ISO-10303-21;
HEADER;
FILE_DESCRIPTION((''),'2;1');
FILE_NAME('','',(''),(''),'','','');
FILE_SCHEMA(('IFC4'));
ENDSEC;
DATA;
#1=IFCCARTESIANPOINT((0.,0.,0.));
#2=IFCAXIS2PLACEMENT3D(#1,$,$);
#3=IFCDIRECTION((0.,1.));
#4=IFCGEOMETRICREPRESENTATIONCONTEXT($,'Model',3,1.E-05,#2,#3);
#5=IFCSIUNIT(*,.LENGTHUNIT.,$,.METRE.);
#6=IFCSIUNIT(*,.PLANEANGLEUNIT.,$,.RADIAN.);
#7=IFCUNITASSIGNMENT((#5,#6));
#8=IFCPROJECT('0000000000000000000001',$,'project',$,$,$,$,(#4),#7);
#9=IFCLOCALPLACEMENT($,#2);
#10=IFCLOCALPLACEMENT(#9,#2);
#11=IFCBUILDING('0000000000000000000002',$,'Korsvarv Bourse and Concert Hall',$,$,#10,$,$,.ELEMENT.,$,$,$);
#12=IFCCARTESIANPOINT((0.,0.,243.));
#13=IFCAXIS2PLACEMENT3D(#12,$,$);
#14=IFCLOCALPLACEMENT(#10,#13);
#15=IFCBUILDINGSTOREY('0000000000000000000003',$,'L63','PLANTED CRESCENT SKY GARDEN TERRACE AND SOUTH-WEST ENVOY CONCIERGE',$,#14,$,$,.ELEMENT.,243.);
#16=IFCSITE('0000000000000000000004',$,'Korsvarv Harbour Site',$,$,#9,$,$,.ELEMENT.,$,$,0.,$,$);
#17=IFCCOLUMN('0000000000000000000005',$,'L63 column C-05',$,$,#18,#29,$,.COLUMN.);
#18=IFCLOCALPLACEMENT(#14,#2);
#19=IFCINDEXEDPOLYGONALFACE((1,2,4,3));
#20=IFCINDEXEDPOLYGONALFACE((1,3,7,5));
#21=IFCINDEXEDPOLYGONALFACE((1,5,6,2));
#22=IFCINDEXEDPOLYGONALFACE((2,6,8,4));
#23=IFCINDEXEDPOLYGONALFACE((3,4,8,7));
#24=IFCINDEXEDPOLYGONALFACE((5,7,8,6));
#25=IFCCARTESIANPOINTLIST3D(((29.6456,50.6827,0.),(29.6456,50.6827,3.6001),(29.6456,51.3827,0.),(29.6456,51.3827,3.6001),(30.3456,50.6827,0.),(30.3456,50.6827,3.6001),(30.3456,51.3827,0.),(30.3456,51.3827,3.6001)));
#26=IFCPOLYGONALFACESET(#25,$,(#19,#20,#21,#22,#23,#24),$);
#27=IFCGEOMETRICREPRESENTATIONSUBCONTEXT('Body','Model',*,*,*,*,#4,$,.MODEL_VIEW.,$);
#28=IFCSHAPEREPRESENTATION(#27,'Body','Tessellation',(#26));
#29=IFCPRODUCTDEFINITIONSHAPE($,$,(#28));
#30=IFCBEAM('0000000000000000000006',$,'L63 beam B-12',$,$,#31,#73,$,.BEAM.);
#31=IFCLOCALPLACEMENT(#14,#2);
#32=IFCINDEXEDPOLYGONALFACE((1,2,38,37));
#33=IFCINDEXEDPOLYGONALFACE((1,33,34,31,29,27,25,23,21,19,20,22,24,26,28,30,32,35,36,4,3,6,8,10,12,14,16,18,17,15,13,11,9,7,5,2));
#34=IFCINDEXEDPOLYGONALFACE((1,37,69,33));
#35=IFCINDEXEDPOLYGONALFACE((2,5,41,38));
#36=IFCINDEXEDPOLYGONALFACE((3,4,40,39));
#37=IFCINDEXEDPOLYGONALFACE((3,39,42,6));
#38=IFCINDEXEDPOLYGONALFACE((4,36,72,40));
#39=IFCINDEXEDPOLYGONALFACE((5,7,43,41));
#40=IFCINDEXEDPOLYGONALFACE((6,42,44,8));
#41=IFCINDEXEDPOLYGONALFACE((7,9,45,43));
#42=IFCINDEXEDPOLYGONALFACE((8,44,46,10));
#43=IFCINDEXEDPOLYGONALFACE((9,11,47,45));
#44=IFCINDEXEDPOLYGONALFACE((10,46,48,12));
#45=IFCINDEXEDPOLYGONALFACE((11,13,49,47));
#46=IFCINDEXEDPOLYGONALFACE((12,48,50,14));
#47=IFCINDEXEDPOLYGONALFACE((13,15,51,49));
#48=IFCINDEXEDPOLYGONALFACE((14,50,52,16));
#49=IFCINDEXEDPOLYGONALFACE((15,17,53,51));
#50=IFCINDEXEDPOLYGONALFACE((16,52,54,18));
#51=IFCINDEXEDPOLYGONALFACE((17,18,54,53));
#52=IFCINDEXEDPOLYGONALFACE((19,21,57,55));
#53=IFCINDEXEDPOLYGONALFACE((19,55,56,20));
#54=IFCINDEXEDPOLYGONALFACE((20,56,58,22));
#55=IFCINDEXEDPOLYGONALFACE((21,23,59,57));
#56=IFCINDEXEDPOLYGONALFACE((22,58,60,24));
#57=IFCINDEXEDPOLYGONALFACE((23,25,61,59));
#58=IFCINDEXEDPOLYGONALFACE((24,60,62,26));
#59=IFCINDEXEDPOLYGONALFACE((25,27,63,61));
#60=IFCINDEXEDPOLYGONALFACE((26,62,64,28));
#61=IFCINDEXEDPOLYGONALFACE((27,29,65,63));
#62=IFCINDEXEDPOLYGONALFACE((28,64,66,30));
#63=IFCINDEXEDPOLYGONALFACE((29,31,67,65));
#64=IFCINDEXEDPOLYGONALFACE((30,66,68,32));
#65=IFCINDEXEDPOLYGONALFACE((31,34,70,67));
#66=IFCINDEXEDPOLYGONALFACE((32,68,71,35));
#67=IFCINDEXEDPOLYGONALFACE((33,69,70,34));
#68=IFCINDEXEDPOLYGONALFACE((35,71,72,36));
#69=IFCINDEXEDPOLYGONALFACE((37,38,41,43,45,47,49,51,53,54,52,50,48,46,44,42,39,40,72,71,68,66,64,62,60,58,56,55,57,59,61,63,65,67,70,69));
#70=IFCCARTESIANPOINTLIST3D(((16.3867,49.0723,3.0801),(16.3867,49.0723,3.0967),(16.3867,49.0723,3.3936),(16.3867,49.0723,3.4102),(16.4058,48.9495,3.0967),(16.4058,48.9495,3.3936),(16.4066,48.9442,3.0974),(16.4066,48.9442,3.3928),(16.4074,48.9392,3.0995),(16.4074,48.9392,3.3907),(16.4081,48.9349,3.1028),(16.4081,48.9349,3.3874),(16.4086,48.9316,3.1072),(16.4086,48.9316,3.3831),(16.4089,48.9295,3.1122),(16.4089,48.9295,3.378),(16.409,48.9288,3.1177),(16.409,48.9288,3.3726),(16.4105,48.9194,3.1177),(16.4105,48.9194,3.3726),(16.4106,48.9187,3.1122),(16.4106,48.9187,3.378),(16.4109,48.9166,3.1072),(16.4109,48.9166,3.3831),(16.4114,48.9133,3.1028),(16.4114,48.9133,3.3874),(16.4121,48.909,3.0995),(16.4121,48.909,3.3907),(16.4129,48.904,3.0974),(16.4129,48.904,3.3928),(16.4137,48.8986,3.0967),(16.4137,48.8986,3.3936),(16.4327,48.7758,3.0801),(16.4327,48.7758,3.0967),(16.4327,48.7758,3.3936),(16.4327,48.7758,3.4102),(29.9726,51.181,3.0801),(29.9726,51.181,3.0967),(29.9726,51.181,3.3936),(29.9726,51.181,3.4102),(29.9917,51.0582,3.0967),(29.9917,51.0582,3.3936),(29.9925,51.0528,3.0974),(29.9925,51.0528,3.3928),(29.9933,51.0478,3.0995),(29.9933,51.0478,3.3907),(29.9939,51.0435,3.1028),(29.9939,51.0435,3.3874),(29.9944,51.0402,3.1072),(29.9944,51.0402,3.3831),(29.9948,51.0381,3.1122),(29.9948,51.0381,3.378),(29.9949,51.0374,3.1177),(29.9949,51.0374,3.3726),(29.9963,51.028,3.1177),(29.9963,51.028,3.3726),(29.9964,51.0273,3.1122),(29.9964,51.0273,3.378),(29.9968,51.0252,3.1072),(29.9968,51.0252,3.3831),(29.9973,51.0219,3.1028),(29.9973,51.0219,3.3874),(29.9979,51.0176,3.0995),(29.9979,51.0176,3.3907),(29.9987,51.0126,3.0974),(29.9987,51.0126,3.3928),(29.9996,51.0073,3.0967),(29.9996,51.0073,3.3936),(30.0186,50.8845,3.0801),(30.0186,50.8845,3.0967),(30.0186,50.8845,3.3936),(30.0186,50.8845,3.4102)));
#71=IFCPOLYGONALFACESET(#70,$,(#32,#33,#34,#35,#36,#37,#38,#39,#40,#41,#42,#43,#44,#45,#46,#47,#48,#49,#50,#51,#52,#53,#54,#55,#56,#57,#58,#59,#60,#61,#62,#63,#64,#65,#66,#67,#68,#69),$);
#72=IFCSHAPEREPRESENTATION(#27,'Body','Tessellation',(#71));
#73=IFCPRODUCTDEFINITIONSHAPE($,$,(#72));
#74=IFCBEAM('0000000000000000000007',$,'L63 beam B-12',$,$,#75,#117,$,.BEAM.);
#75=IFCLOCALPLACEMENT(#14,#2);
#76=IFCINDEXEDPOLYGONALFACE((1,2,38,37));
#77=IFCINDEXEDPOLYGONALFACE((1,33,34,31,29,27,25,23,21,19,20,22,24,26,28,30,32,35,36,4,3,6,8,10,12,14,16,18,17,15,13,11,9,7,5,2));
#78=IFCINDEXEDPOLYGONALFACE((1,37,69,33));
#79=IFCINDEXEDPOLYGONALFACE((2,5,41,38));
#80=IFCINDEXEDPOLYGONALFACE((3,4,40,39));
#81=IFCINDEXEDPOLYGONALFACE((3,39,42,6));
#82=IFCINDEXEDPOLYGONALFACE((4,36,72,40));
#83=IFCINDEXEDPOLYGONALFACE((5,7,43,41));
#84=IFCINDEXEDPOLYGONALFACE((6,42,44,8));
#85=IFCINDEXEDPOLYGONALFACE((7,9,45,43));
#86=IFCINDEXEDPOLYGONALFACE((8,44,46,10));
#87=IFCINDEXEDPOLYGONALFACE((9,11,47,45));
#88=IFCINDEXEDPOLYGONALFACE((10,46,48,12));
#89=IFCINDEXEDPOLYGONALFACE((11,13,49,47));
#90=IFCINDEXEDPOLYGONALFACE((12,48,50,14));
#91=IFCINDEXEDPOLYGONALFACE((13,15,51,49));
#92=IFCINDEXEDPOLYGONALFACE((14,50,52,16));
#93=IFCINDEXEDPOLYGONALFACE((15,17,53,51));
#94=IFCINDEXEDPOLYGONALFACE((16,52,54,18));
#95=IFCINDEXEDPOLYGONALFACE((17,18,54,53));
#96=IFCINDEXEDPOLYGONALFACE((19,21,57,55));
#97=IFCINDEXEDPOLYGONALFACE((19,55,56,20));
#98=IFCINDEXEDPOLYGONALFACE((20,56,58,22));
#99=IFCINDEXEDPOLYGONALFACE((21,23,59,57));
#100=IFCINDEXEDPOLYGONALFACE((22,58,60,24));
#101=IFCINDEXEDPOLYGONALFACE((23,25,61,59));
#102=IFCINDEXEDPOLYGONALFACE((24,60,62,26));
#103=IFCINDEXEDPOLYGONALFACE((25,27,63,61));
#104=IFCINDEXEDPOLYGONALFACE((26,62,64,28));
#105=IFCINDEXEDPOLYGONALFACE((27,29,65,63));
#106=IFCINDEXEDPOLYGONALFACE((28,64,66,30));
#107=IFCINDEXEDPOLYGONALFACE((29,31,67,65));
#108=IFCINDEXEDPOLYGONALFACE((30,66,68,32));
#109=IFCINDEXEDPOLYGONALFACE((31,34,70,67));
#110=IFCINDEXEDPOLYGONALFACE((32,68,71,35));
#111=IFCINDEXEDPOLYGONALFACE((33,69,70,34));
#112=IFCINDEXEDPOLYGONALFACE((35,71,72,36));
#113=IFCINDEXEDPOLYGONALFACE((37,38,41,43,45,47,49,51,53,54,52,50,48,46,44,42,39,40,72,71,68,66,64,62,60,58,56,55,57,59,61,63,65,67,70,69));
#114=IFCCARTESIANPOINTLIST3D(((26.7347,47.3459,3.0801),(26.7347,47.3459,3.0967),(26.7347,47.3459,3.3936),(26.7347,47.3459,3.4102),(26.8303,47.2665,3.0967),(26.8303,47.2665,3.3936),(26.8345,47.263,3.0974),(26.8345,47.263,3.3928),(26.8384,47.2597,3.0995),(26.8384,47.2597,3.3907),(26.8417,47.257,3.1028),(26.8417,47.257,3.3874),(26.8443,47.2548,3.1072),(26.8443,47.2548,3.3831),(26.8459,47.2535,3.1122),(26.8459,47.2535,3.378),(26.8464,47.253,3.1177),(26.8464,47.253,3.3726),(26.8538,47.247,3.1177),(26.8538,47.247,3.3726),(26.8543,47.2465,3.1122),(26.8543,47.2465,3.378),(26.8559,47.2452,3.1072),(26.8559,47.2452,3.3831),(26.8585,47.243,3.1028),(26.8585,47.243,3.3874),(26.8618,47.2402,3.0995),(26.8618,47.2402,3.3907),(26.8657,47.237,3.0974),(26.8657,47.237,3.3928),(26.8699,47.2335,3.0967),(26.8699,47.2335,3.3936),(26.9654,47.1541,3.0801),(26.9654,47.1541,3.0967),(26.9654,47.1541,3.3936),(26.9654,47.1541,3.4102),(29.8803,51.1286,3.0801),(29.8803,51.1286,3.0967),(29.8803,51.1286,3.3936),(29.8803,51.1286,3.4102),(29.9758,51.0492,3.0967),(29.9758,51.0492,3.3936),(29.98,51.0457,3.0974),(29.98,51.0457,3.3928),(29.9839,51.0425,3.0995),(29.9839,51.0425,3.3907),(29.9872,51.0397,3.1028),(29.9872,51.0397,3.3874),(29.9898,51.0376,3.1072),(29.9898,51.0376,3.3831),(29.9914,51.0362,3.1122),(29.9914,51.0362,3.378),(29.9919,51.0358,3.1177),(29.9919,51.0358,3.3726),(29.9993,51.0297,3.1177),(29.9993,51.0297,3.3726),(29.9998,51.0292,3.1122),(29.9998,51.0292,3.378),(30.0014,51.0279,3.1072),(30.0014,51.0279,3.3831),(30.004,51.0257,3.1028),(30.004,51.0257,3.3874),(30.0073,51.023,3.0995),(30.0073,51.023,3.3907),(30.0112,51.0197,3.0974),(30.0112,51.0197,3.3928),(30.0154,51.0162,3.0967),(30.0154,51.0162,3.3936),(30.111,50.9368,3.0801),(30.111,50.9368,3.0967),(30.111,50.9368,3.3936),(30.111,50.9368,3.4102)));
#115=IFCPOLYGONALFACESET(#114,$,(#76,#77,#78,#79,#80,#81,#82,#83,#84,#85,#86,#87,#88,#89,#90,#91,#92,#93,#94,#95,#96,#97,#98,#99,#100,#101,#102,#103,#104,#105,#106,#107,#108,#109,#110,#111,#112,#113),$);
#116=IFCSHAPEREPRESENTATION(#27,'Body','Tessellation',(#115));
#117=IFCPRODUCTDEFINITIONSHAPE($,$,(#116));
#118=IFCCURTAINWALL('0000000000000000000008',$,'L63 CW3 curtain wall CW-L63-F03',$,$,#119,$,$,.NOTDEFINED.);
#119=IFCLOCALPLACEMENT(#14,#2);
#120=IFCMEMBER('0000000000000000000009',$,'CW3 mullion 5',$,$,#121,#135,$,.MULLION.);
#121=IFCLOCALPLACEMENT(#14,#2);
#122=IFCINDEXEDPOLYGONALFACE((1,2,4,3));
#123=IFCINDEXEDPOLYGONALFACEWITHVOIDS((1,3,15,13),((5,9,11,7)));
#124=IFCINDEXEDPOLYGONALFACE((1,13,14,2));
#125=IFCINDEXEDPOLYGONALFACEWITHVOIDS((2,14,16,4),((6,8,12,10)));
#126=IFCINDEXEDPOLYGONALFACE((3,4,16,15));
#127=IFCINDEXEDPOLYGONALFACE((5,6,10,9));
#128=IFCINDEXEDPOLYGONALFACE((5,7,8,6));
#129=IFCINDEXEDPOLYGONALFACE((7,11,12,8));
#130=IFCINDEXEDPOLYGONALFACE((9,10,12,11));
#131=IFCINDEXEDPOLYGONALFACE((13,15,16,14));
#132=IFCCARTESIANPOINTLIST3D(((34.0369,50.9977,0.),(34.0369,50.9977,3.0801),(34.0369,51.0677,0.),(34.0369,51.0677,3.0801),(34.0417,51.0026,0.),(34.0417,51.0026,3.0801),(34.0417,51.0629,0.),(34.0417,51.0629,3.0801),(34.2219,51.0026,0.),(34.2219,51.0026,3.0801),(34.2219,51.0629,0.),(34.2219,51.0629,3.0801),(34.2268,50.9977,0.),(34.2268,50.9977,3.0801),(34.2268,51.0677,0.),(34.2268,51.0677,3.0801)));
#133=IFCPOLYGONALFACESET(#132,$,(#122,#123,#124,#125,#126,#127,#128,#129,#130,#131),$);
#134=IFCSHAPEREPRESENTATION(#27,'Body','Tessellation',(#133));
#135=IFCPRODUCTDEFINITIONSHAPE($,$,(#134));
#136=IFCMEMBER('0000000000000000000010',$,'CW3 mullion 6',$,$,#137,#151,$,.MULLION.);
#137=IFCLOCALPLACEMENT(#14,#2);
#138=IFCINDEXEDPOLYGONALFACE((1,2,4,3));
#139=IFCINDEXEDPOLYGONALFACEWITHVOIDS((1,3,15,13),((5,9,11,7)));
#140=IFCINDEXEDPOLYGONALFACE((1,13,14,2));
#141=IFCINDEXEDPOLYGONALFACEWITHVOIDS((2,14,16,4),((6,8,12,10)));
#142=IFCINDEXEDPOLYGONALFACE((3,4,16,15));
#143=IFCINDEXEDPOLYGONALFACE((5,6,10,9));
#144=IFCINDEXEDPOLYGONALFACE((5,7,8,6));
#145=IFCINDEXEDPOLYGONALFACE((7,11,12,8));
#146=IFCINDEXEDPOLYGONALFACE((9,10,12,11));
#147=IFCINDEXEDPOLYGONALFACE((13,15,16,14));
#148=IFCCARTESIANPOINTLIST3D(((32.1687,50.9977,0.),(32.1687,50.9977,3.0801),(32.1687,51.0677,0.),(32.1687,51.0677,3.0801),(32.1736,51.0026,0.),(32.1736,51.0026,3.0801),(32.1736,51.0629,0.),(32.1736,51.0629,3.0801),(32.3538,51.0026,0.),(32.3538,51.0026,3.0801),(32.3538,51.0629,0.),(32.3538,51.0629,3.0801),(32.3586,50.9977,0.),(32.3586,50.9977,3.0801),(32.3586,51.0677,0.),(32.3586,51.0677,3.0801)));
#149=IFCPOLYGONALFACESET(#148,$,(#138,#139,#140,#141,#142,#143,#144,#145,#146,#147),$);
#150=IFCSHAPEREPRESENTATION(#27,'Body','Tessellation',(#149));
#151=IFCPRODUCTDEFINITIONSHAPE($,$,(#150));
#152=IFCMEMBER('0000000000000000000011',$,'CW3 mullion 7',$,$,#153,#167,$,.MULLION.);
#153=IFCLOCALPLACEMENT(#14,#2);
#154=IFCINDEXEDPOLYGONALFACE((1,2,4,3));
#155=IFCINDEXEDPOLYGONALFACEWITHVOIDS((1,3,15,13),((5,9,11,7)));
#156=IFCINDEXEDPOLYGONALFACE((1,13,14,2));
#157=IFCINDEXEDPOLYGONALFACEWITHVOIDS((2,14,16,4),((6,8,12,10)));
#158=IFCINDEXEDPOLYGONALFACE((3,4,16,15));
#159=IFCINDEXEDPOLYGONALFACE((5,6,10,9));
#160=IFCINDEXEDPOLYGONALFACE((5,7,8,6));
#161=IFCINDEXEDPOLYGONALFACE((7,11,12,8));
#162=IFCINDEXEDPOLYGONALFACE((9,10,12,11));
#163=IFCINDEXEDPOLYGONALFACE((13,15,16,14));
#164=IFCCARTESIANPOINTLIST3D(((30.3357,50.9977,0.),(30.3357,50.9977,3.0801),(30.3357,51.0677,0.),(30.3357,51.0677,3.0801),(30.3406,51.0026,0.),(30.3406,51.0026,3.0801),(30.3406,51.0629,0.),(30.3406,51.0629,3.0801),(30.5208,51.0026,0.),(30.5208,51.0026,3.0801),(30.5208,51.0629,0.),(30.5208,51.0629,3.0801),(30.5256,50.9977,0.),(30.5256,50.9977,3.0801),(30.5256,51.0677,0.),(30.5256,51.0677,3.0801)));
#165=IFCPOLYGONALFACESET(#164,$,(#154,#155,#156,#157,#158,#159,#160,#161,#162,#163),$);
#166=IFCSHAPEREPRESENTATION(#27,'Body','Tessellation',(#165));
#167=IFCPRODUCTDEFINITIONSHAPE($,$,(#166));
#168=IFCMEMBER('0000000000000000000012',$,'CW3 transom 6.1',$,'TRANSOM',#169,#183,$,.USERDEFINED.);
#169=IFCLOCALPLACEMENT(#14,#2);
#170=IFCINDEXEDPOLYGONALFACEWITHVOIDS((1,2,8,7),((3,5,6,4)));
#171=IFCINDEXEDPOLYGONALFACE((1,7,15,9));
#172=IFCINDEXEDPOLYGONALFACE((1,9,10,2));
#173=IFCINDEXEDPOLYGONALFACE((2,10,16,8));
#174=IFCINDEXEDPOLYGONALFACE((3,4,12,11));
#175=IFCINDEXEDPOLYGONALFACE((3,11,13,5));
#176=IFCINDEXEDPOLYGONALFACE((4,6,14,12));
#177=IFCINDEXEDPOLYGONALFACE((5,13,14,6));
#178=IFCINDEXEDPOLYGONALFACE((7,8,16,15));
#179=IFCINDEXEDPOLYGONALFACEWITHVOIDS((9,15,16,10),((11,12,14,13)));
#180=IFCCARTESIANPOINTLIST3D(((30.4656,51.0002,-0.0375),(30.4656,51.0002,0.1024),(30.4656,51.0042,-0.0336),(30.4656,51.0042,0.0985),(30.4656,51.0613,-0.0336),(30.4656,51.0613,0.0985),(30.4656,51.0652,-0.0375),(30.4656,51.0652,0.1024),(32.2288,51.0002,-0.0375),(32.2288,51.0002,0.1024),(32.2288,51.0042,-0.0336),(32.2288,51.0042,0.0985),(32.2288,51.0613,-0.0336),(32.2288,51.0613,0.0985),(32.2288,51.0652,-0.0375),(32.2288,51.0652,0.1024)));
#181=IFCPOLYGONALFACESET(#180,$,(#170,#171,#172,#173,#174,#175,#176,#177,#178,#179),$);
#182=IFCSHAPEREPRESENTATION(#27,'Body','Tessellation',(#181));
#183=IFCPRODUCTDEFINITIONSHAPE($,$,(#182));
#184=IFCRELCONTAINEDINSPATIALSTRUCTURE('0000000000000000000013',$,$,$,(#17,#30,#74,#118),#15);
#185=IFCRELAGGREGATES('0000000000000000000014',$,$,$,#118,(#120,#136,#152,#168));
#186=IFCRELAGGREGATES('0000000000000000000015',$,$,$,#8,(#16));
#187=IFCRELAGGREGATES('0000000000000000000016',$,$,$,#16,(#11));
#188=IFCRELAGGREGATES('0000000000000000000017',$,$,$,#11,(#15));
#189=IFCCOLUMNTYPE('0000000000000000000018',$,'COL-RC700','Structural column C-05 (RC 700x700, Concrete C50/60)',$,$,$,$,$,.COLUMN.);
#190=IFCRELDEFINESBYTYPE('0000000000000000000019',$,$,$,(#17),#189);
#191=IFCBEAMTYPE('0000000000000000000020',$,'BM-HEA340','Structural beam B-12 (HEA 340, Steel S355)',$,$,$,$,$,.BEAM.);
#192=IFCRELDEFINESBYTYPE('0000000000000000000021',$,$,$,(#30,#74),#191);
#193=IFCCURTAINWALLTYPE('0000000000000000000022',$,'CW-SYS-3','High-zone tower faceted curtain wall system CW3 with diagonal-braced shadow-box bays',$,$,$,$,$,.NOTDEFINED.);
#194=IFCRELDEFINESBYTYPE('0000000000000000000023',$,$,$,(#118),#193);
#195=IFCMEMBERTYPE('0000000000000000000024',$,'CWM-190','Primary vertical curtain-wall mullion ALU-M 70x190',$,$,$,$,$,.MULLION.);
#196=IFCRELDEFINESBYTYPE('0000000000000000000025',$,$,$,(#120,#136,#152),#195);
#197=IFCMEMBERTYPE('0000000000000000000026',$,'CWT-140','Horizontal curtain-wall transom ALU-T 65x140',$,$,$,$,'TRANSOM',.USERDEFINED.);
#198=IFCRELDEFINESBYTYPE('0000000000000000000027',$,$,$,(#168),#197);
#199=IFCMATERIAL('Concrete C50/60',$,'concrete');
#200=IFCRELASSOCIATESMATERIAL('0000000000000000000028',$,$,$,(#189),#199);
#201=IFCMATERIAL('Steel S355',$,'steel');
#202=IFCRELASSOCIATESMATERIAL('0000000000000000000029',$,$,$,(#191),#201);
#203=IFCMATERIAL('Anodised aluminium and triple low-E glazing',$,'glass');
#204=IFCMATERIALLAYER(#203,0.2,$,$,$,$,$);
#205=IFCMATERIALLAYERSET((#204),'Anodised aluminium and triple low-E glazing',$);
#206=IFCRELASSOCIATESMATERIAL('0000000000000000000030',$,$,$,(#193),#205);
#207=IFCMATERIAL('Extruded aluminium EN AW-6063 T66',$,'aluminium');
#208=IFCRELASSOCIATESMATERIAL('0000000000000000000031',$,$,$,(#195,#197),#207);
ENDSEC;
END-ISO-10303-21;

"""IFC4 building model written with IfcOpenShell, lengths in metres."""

from ifc_helpers import new_model, si_unit, direction, frame, origin, origin_2d, place, context, subcontext, project, spatial, rectangle, hollow_rectangle, i_section, extrude, source, transform, mapped, material, layer, layer_set, material_profile, profile_set, type_object, element, aggregate, save


model = new_model("IFC4")

# Units and contexts
model_context = context("Model", 3, precision=1e-05, world=origin(), true_north=direction((0.0, 1.0)))
body_context = subcontext(model_context, "Body", "Model", "MODEL_VIEW")
ifc_project = project(units=[si_unit("LENGTHUNIT", "METRE"), si_unit("PLANEANGLEUNIT", "RADIAN")], contexts=[model_context])

# Site, building, storey
site_placement = place(None, origin())
site = spatial("IfcSite", under=ifc_project, at=site_placement, Name="Korsvarv Harbour Site", CompositionType="ELEMENT", RefElevation=0.0)
building_placement = place(site_placement, origin())
building = spatial("IfcBuilding", under=site, at=building_placement, Name="Korsvarv Bourse and Concert Hall", CompositionType="ELEMENT")
storey_placement = place(building_placement, frame((0.0, 0.0, 243.0)))
storey = spatial("IfcBuildingStorey", under=building, at=storey_placement, Name="L63", Description="PLANTED CRESCENT SKY GARDEN TERRACE AND SOUTH-WEST ENVOY CONCIERGE", CompositionType="ELEMENT", Elevation=243.0)

# Column
ifc_material_1 = material(Name="Concrete C50/60", Category="concrete")
ifc_material_profile_1 = material_profile(ifc_material_1, rectangle(XDim=0.7, YDim=0.7, at=origin_2d()), Name="RC 700x700")
ifc_profile_set_1 = profile_set([ifc_material_profile_1], Name="Concrete C50/60")
column_type = type_object("IfcColumnType", Name="COL-RC700", Description="Structural column C-05 (RC 700x700, Concrete C50/60)", PredefinedType="COLUMN", material=ifc_profile_set_1)
shared_shape_1 = source(origin(), body_context, "Body", "SweptSolid", [
    extrude(rectangle(XDim=0.7, YDim=0.7, at=origin_2d()), origin(), (0.0, 0.0, 1.0), 3.6001),
])
column_placement = place(storey_placement, frame((29.9956, 51.0327, 0.0), z_axis=(0.0, 0.0, 1.0), x_axis=(1.0, 0.0, 0.0)))
element("IfcColumn", 1, at=column_placement, inside=storey, type_object=column_type, Name="L63 column C-05", PredefinedType="COLUMN", context=body_context, shape_type="MappedRepresentation", body=[
    mapped(shared_shape_1, transform((0.0, 0.0, 0.0), scale=1.0)),
])

# Beams
ifc_material_2 = material(Name="Steel S355", Category="steel")
ifc_material_profile_2 = material_profile(ifc_material_2, i_section(OverallWidth=0.3, OverallDepth=0.3301, WebThickness=0.0095, FlangeThickness=0.0166, FilletRadius=0.021, at=origin_2d()), Name="HEA 340")
ifc_profile_set_2 = profile_set([ifc_material_profile_2], Name="Steel S355")
beam_type = type_object("IfcBeamType", Name="BM-HEA340", Description="Structural beam B-12 (HEA 340, Steel S355)", PredefinedType="BEAM", material=ifc_profile_set_2)
shared_shape_2 = source(origin(), body_context, "Body", "SweptSolid", [
    extrude(i_section(OverallWidth=0.3, OverallDepth=0.3301, WebThickness=0.0095, FlangeThickness=0.0166, FilletRadius=0.021, at=origin_2d()), origin(), (0.0, 0.0, 1.0), 13.7485),
])
beam_1_placement = place(storey_placement, frame((29.9956, 51.0327, 3.2451), z_axis=(-0.988169, -0.153371, 0.0), x_axis=(0.153371, -0.988169, 0.0)))
element("IfcBeam", 2, at=beam_1_placement, inside=storey, type_object=beam_type, Name="L63 beam B-12", PredefinedType="BEAM", context=body_context, shape_type="MappedRepresentation", body=[
    mapped(shared_shape_2, transform((0.0, 0.0, 0.0), scale=1.0)),
])
shared_shape_3 = source(origin(), body_context, "Body", "SweptSolid", [
    extrude(i_section(OverallWidth=0.3, OverallDepth=0.3301, WebThickness=0.0095, FlangeThickness=0.0166, FilletRadius=0.021, at=origin_2d()), origin(), (0.0, 0.0, 1.0), 4.9197),
])
beam_2_placement = place(storey_placement, frame((29.9956, 51.0327, 3.2451), z_axis=(-0.639374, -0.768896, 0.0), x_axis=(0.768896, -0.639374, 0.0)))
element("IfcBeam", 3, at=beam_2_placement, inside=storey, type_object=beam_type, Name="L63 beam B-12", PredefinedType="BEAM", context=body_context, shape_type="MappedRepresentation", body=[
    mapped(shared_shape_3, transform((0.0, 0.0, 0.0), scale=1.0)),
])

# Curtain wall, members
ifc_material_3 = material(Name="Anodised aluminium and triple low-E glazing", Category="glass")
ifc_layer_1 = layer(ifc_material_3, 0.2)
ifc_layer_set_1 = layer_set([ifc_layer_1], Name="Anodised aluminium and triple low-E glazing")
curtain_wall_type = type_object("IfcCurtainWallType", Name="CW-SYS-3", Description="High-zone tower faceted curtain wall system CW3 with diagonal-braced shadow-box bays", PredefinedType="NOTDEFINED", material=ifc_layer_set_1)
curtain_wall_placement = place(storey_placement, origin())
curtain_wall = element("IfcCurtainWall", 4, at=curtain_wall_placement, inside=storey, type_object=curtain_wall_type, Name="L63 CW3 curtain wall CW-L63-F03", PredefinedType="NOTDEFINED")
ifc_material_4 = material(Name="Extruded aluminium EN AW-6063 T66", Category="aluminium")
ifc_material_profile_3 = material_profile(ifc_material_4, hollow_rectangle(XDim=0.0701, YDim=0.1899, WallThickness=0.0049, at=origin_2d()), Name="ALU-M 70x190")
ifc_profile_set_3 = profile_set([ifc_material_profile_3], Name="Extruded aluminium EN AW-6063 T66")
member_type_1 = type_object("IfcMemberType", Name="CWM-190", Description="Primary vertical curtain-wall mullion ALU-M 70x190", PredefinedType="MULLION", material=ifc_profile_set_3)
shared_shape_4 = source(origin(), body_context, "Body", "SweptSolid", [
    extrude(hollow_rectangle(XDim=0.0701, YDim=0.1899, WallThickness=0.0049, at=origin_2d()), origin(), (0.0, 0.0, 1.0), 3.0801),
])
member_1_placement = place(storey_placement, frame((34.1318, 51.0327, 0.0), z_axis=(0.0, 0.0, 1.0), x_axis=(0.0, -1.0, 0.0)))
member_1 = element("IfcMember", 5, at=member_1_placement, type_object=member_type_1, Name="CW3 mullion 5", PredefinedType="MULLION", context=body_context, shape_type="MappedRepresentation", body=[
    mapped(shared_shape_4, transform((0.0, 0.0, 0.0), scale=1.0)),
])
member_2_placement = place(storey_placement, frame((32.2637, 51.0327, 0.0), z_axis=(0.0, 0.0, 1.0), x_axis=(0.0, -1.0, 0.0)))
member_2 = element("IfcMember", 6, at=member_2_placement, type_object=member_type_1, Name="CW3 mullion 6", PredefinedType="MULLION", context=body_context, shape_type="MappedRepresentation", body=[
    mapped(shared_shape_4, transform((0.0, 0.0, 0.0), scale=1.0)),
])
member_3_placement = place(storey_placement, frame((30.4307, 51.0327, 0.0), z_axis=(0.0, 0.0, 1.0), x_axis=(0.0, -1.0, 0.0)))
member_3 = element("IfcMember", 7, at=member_3_placement, type_object=member_type_1, Name="CW3 mullion 7", PredefinedType="MULLION", context=body_context, shape_type="MappedRepresentation", body=[
    mapped(shared_shape_4, transform((0.0, 0.0, 0.0), scale=1.0)),
])
ifc_material_profile_4 = material_profile(ifc_material_4, hollow_rectangle(XDim=0.0649, YDim=0.1399, WallThickness=0.0039, at=origin_2d()), Name="ALU-T 65x140")
ifc_profile_set_4 = profile_set([ifc_material_profile_4], Name="Extruded aluminium EN AW-6063 T66")
member_type_2 = type_object("IfcMemberType", Name="CWT-140", Description="Horizontal curtain-wall transom ALU-T 65x140", ElementType="TRANSOM", PredefinedType="USERDEFINED", material=ifc_profile_set_4)
shared_shape_5 = source(origin(), body_context, "Body", "SweptSolid", [
    extrude(hollow_rectangle(XDim=0.0649, YDim=0.1399, WallThickness=0.0039, at=origin_2d()), origin(), (0.0, 0.0, 1.0), 1.7632),
])
member_4_placement = place(storey_placement, frame((32.2288, 51.0327, 0.0325), z_axis=(-1.0, 0.0, 0.0), x_axis=(0.0, -1.0, 0.0)))
member_4 = element("IfcMember", 8, at=member_4_placement, type_object=member_type_2, Name="CW3 transom 6.1", ObjectType="TRANSOM", PredefinedType="USERDEFINED", context=body_context, shape_type="MappedRepresentation", body=[
    mapped(shared_shape_5, transform((0.0, 0.0, 0.0), scale=1.0)),
])
aggregate(curtain_wall, [member_1, member_2, member_3, member_4])

save(model, "model.ifc")
